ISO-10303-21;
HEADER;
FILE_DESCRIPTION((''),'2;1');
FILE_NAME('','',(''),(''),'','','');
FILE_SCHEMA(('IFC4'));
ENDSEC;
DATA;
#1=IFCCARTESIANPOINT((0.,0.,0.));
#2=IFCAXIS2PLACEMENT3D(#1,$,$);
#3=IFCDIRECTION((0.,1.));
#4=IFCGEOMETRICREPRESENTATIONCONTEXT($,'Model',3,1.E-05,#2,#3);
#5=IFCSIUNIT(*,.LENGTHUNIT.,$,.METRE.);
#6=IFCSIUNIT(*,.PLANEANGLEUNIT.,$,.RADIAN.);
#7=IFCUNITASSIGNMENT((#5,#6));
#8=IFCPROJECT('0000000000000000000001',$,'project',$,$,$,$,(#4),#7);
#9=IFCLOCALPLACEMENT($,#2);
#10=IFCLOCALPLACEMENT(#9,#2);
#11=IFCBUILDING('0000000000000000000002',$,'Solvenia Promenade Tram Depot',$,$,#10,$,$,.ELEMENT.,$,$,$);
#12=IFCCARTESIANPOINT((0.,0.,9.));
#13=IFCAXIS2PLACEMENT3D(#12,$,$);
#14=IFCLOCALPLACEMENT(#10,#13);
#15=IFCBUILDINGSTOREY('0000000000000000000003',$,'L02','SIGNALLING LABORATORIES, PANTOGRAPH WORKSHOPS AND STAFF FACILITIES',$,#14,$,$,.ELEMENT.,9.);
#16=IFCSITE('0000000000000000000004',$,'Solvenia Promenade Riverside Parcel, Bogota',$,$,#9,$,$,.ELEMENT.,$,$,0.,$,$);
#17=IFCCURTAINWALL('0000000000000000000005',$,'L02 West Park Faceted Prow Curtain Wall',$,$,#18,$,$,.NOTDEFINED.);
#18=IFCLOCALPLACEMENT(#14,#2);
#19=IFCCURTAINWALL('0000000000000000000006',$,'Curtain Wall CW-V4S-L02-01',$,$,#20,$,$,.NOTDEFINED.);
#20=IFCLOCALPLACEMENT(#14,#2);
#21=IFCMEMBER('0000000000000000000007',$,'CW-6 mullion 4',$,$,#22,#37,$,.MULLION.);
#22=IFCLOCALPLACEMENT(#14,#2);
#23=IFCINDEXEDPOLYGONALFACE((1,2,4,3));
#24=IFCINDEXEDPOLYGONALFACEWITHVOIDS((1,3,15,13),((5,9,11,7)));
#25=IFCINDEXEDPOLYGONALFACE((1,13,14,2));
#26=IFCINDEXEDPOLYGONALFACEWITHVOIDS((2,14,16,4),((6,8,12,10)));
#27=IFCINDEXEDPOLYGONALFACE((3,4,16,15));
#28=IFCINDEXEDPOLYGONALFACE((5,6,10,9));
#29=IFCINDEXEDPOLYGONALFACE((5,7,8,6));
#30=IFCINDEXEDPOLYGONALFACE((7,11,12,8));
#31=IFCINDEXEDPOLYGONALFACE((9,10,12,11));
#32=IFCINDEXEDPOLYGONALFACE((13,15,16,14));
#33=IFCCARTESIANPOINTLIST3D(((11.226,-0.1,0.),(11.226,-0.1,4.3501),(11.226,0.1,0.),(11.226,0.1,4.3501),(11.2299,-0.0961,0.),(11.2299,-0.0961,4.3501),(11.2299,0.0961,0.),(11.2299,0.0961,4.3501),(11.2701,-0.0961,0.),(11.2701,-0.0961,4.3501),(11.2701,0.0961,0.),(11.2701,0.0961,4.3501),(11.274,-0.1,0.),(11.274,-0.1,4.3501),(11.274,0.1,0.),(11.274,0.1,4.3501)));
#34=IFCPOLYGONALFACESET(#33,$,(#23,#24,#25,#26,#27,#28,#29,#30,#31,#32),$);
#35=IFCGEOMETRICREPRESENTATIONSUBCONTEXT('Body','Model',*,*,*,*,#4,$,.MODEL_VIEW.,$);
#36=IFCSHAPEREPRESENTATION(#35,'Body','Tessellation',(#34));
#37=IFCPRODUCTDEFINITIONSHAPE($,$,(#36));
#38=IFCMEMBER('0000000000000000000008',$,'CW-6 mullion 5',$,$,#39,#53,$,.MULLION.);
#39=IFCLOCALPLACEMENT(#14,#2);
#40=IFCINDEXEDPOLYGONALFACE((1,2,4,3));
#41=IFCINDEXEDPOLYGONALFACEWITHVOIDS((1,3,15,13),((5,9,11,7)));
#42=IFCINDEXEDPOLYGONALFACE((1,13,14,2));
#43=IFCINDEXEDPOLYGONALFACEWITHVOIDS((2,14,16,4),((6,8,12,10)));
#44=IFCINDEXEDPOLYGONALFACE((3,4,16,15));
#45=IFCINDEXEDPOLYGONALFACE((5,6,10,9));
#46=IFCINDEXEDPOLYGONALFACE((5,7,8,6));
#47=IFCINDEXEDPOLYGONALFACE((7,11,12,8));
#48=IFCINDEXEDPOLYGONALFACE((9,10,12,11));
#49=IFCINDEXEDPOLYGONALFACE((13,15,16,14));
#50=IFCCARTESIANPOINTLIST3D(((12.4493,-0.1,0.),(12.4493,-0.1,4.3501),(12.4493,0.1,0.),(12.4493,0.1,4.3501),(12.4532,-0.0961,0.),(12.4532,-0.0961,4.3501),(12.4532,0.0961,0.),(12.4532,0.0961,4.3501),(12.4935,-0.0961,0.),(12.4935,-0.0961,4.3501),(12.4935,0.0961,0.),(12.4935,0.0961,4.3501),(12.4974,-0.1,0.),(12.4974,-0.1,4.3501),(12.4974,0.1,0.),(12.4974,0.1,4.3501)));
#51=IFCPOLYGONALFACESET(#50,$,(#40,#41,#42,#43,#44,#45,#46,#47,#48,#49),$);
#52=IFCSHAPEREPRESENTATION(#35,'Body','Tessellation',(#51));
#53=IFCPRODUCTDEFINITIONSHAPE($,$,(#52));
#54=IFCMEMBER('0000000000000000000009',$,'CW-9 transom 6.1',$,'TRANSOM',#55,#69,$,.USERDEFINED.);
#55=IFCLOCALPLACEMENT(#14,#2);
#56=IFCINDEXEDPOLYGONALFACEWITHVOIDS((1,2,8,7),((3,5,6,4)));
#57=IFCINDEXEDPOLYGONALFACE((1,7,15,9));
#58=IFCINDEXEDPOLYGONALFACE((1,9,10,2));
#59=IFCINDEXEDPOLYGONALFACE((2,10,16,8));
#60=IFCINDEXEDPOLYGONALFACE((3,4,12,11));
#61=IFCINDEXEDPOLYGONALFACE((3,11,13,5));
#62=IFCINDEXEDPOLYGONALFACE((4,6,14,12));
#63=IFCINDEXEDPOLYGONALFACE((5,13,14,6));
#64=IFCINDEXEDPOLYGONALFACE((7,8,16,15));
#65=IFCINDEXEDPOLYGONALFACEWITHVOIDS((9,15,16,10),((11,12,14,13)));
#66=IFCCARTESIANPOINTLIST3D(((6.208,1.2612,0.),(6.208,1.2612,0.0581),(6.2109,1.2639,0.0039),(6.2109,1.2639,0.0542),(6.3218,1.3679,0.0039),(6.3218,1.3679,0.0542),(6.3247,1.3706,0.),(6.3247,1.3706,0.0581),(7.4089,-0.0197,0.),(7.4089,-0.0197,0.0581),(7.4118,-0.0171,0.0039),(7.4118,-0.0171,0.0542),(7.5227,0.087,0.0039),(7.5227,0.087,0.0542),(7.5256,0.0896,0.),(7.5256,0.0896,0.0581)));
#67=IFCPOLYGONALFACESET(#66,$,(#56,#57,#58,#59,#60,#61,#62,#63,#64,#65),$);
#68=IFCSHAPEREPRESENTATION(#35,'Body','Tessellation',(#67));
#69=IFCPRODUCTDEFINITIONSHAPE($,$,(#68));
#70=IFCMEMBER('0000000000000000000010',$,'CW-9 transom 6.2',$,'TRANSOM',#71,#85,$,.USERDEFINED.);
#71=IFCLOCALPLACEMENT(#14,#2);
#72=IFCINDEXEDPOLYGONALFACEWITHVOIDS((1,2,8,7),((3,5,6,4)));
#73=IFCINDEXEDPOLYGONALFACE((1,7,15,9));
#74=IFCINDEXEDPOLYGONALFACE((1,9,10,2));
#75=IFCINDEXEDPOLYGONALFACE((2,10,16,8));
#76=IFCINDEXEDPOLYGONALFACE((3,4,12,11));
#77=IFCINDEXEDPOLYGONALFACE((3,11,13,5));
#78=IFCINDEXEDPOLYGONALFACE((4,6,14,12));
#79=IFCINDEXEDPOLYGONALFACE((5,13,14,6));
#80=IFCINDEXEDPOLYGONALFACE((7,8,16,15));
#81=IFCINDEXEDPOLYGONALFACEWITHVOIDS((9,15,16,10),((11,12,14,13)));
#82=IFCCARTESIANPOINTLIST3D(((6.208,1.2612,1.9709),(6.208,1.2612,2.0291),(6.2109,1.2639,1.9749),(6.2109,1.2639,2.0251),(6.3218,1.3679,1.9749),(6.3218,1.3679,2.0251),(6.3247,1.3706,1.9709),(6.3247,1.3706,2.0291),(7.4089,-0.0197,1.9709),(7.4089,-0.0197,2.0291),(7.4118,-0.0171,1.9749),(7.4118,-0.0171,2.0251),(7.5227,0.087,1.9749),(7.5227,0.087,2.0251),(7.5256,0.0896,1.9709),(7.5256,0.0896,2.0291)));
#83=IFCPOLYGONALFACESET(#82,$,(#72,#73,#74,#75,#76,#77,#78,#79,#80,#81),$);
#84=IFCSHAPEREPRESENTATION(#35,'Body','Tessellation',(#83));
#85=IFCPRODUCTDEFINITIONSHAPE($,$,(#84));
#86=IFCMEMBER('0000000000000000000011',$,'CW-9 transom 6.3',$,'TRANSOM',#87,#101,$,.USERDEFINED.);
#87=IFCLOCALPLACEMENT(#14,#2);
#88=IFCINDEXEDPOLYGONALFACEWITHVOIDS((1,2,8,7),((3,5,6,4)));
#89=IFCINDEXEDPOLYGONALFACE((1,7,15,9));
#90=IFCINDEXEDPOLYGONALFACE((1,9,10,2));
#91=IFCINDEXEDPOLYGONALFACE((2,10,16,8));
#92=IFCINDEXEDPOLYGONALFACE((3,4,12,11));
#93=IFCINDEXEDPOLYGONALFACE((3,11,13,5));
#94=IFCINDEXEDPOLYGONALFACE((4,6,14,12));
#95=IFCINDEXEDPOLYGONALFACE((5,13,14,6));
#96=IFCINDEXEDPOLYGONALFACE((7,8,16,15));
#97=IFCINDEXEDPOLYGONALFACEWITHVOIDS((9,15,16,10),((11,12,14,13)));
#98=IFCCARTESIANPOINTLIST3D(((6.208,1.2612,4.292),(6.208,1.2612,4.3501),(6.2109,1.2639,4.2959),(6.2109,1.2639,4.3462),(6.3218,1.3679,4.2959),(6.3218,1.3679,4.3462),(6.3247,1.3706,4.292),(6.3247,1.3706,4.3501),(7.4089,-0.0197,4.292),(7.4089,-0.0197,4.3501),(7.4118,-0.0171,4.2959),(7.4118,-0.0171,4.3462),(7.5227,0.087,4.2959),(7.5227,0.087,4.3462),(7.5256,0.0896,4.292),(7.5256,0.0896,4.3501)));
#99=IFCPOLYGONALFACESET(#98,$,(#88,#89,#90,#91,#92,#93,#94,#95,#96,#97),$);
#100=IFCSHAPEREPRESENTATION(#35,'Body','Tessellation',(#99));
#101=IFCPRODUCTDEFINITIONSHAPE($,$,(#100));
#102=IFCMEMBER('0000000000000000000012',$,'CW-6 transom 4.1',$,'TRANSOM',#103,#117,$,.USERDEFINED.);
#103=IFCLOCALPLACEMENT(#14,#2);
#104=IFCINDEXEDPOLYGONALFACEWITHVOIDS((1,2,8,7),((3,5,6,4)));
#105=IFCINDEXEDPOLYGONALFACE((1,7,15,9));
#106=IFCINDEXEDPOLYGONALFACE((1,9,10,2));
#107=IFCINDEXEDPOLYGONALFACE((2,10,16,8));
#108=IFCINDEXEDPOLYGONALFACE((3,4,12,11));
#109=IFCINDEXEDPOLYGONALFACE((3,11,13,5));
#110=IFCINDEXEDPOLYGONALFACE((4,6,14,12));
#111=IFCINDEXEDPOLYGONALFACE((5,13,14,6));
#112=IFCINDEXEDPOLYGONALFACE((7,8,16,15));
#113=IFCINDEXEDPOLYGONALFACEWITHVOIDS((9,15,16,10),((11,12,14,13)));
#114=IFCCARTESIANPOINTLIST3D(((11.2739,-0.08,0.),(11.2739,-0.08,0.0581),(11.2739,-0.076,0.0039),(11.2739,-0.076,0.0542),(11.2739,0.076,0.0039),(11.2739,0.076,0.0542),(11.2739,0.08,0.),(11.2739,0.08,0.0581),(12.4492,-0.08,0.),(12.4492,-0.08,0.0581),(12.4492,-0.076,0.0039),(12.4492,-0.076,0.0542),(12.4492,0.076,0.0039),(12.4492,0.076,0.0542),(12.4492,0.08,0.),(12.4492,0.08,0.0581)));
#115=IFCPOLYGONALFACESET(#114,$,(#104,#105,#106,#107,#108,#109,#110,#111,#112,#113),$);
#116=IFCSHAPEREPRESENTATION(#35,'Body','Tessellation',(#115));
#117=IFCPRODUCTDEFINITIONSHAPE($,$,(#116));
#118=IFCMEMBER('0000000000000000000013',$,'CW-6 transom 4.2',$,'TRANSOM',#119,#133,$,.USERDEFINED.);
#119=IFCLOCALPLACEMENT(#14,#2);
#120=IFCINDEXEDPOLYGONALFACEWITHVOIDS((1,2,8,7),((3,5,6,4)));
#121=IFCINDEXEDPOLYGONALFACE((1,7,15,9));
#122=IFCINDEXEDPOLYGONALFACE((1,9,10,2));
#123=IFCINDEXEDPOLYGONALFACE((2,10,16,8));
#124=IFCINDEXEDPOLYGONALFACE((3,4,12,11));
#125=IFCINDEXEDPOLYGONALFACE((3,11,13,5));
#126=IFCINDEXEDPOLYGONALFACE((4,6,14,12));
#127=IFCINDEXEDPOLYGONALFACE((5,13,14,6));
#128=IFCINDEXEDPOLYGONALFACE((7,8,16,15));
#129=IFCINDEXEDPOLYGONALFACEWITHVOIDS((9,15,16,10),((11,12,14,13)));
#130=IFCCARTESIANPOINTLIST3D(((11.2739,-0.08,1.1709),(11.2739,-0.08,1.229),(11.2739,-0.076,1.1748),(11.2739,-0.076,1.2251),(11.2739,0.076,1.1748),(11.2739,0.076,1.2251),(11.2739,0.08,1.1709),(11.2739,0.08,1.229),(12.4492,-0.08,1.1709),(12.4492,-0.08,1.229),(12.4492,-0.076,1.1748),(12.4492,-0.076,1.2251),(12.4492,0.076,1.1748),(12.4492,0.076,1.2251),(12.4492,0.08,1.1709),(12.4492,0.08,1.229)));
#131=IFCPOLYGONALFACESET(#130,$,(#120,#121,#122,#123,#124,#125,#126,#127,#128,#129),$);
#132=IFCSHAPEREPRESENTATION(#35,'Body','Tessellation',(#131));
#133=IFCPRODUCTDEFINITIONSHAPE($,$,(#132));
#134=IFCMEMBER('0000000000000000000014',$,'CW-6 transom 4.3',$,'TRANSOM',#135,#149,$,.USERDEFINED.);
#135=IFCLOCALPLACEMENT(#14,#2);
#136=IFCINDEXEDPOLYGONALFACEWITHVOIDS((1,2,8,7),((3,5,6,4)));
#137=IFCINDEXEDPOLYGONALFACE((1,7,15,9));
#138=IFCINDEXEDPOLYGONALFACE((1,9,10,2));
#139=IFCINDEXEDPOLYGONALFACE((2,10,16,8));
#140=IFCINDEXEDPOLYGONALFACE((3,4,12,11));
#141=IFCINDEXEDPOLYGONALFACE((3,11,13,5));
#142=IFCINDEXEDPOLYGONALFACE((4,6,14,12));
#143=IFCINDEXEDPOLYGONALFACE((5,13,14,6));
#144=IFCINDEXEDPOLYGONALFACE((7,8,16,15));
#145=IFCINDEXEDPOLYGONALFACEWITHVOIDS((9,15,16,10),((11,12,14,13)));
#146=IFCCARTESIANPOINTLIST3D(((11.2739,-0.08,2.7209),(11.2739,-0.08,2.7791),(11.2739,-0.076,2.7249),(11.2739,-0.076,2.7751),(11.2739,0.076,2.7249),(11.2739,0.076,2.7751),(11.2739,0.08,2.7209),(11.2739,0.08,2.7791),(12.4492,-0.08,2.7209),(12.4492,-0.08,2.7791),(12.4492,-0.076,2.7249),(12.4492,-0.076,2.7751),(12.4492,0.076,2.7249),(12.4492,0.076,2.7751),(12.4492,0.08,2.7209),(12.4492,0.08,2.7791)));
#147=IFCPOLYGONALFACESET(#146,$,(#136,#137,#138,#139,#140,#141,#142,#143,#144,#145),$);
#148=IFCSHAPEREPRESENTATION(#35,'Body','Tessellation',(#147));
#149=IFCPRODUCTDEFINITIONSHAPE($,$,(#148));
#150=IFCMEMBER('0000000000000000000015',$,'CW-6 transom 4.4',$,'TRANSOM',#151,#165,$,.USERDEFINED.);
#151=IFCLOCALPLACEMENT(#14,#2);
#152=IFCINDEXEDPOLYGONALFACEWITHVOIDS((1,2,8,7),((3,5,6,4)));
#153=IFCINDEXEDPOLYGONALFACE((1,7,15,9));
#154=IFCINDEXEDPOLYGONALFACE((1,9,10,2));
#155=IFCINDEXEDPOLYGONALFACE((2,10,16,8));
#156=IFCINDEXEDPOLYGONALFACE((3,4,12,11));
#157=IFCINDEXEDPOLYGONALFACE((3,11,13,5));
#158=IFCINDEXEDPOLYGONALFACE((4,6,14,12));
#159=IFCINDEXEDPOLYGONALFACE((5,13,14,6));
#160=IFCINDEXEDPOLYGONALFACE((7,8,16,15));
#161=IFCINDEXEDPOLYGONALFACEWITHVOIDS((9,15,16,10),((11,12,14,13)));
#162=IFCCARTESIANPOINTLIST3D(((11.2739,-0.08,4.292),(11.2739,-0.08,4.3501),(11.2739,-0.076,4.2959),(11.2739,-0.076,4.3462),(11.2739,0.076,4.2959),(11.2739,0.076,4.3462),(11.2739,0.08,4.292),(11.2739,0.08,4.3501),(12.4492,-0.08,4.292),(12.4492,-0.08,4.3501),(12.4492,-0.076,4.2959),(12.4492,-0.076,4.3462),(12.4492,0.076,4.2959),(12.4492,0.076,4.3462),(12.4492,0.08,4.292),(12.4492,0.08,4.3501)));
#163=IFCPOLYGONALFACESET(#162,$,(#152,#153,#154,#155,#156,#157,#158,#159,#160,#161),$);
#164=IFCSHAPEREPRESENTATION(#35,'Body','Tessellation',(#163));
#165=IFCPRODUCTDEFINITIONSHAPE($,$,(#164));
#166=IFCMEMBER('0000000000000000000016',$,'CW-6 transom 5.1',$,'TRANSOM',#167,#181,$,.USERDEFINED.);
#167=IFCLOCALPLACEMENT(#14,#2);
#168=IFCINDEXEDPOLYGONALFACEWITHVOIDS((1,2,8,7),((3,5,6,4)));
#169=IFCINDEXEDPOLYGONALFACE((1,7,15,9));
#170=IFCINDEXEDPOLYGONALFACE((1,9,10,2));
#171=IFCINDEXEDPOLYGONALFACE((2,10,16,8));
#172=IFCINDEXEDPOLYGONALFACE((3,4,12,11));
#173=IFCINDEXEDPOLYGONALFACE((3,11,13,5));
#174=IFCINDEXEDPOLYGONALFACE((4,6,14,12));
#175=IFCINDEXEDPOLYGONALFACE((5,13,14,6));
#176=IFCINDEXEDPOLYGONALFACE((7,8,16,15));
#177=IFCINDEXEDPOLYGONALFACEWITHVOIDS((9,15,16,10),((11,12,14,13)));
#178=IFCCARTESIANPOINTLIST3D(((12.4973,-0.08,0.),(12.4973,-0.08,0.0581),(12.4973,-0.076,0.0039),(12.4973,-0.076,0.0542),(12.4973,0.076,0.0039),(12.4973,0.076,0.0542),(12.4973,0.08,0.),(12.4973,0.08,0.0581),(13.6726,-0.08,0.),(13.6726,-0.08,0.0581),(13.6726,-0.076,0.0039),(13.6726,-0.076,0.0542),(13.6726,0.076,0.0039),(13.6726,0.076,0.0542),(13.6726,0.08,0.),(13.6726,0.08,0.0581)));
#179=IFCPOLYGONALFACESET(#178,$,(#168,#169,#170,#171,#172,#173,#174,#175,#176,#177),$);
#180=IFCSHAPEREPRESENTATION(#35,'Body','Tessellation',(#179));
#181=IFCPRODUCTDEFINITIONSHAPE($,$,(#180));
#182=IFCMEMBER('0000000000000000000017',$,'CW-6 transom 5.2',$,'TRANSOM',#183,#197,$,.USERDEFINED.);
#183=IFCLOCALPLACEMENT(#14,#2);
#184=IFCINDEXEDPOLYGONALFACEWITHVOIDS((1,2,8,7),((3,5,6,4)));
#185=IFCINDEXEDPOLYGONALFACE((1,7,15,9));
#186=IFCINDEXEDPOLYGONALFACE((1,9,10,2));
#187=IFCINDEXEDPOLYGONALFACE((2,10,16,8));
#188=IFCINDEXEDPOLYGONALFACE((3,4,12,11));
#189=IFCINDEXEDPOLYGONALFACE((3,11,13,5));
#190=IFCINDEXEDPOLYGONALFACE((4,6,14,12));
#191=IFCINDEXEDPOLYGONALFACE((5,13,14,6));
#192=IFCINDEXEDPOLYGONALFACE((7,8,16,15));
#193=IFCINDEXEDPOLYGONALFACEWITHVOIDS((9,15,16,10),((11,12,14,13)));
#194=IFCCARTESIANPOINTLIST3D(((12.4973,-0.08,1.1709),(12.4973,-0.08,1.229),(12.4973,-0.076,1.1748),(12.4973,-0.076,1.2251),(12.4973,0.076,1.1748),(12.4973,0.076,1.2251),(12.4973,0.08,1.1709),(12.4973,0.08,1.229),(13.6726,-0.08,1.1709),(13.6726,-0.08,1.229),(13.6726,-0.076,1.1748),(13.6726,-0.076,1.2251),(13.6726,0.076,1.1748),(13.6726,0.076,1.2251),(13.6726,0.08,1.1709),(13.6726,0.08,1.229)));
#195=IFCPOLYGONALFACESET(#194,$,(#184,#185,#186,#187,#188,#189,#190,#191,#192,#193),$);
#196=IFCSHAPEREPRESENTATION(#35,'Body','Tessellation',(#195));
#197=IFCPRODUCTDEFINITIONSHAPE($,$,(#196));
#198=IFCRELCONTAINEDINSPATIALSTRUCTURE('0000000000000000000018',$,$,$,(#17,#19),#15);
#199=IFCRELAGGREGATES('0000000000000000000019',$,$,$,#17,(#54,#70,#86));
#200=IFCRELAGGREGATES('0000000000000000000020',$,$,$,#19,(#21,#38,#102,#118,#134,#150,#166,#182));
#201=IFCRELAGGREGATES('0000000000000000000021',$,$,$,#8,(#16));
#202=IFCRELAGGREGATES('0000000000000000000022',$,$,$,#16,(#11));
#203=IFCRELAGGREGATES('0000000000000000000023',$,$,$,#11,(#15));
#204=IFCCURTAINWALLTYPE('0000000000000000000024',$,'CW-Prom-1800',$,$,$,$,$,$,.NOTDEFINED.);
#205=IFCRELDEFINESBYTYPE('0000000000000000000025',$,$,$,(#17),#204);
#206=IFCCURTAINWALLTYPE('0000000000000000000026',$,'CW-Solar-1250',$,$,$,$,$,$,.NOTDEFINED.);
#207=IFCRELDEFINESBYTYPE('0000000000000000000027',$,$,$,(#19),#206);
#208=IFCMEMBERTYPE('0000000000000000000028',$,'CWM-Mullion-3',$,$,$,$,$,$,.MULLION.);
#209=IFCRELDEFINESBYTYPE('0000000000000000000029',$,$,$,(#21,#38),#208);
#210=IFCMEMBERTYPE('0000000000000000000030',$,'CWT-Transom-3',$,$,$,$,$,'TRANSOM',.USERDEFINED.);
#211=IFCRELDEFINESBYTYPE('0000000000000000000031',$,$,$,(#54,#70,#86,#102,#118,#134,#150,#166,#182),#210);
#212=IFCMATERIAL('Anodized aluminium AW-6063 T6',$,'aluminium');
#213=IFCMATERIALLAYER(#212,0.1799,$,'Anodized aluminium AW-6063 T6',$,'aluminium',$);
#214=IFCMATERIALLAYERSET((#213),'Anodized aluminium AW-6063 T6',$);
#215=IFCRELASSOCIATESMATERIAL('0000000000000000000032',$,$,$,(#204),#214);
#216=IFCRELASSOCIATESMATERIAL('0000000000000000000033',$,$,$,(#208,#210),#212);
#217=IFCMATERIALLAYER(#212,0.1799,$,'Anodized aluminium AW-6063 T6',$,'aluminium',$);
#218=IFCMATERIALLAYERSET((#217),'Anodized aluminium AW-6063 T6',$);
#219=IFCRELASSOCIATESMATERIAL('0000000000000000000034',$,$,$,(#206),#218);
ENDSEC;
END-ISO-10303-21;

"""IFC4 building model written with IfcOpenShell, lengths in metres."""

from ifc_helpers import new_model, si_unit, direction, frame, origin, origin_2d, place, context, subcontext, project, spatial, hollow_rectangle, extrude, material, layer, layer_set, material_profile, profile_set, type_object, element, aggregate, save


model = new_model("IFC4")

# Units and contexts
model_context = context("Model", 3, precision=1e-05, world=origin(), true_north=direction((0.0, 1.0)))
body_context = subcontext(model_context, "Body", "Model", "MODEL_VIEW")
ifc_project = project(units=[si_unit("LENGTHUNIT", "METRE"), si_unit("PLANEANGLEUNIT", "RADIAN")], contexts=[model_context])

# Site, building, storey
site_placement = place(None, origin())
site = spatial("IfcSite", under=ifc_project, at=site_placement, Name="Solvenia Promenade Riverside Parcel, Bogota", CompositionType="ELEMENT", RefElevation=0.0)
building_placement = place(site_placement, origin())
building = spatial("IfcBuilding", under=site, at=building_placement, Name="Solvenia Promenade Tram Depot", CompositionType="ELEMENT")
storey_placement = place(building_placement, frame((0.0, 0.0, 9.0)))
storey = spatial("IfcBuildingStorey", under=building, at=storey_placement, Name="L02", Description="SIGNALLING LABORATORIES, PANTOGRAPH WORKSHOPS AND STAFF FACILITIES", CompositionType="ELEMENT", Elevation=9.0)

# Curtain walls, members
ifc_material_1 = material(Name="Anodized aluminium AW-6063 T6", Category="aluminium")
ifc_layer_1 = layer(ifc_material_1, 0.1799, Name="Anodized aluminium AW-6063 T6", Category="aluminium")
ifc_layer_set_1 = layer_set([ifc_layer_1], Name="Anodized aluminium AW-6063 T6")
curtain_wall_type_1 = type_object("IfcCurtainWallType", Name="CW-Prom-1800", PredefinedType="NOTDEFINED", material=ifc_layer_set_1)
curtain_wall_1_placement = place(storey_placement, origin())
curtain_wall_1 = element("IfcCurtainWall", 1, at=curtain_wall_1_placement, inside=storey, type_object=curtain_wall_type_1, Name="L02 West Park Faceted Prow Curtain Wall", PredefinedType="NOTDEFINED")
ifc_material_profile_1 = material_profile(ifc_material_1, hollow_rectangle(XDim=0.2, YDim=0.0481, WallThickness=0.0039, at=origin_2d()), Name="ALU-M3", Category="aluminium")
ifc_profile_set_1 = profile_set([ifc_material_profile_1], Name="Anodized aluminium AW-6063 T6")
member_type_1 = type_object("IfcMemberType", Name="CWM-Mullion-3", PredefinedType="MULLION", material=ifc_profile_set_1)
ifc_layer_2 = layer(ifc_material_1, 0.1799, Name="Anodized aluminium AW-6063 T6", Category="aluminium")
ifc_layer_set_2 = layer_set([ifc_layer_2], Name="Anodized aluminium AW-6063 T6")
curtain_wall_type_2 = type_object("IfcCurtainWallType", Name="CW-Solar-1250", PredefinedType="NOTDEFINED", material=ifc_layer_set_2)
curtain_wall_2_placement = place(storey_placement, origin())
curtain_wall_2 = element("IfcCurtainWall", 2, at=curtain_wall_2_placement, inside=storey, type_object=curtain_wall_type_2, Name="Curtain Wall CW-V4S-L02-01", PredefinedType="NOTDEFINED")
member_1_placement = place(storey_placement, frame((11.25, 0.0, 0.0), z_axis=(0.0, 0.0, 1.0), x_axis=(0.0, 1.0, 0.0)))
member_1 = element("IfcMember", 3, at=member_1_placement, type_object=member_type_1, Name="CW-6 mullion 4", PredefinedType="MULLION", context=body_context, shape_type="SweptSolid", body=[
    extrude(hollow_rectangle(XDim=0.2, YDim=0.0481, WallThickness=0.0039, at=origin_2d()), origin(), (0.0, 0.0, 1.0), 4.3501),
])
member_2_placement = place(storey_placement, frame((12.4734, 0.0, 0.0), z_axis=(0.0, 0.0, 1.0), x_axis=(0.0, 1.0, 0.0)))
member_2 = element("IfcMember", 4, at=member_2_placement, type_object=member_type_1, Name="CW-6 mullion 5", PredefinedType="MULLION", context=body_context, shape_type="SweptSolid", body=[
    extrude(hollow_rectangle(XDim=0.2, YDim=0.0481, WallThickness=0.0039, at=origin_2d()), origin(), (0.0, 0.0, 1.0), 4.3501),
])

# Members
ifc_material_profile_2 = material_profile(ifc_material_1, hollow_rectangle(XDim=0.1599, YDim=0.0581, WallThickness=0.0039, at=origin_2d()), Name="ALU-T3", Category="aluminium")
ifc_profile_set_2 = profile_set([ifc_material_profile_2], Name="Anodized aluminium AW-6063 T6")
member_type_2 = type_object("IfcMemberType", Name="CWT-Transom-3", ElementType="TRANSOM", PredefinedType="USERDEFINED", material=ifc_profile_set_2)
member_3_placement = place(storey_placement, frame((6.2664, 1.3159, 0.0291), z_axis=(0.683937, -0.729542, 0.0), x_axis=(0.729542, 0.683937, 0.0)))
member_3 = element("IfcMember", 5, at=member_3_placement, type_object=member_type_2, Name="CW-9 transom 6.1", ObjectType="TRANSOM", PredefinedType="USERDEFINED", context=body_context, shape_type="SweptSolid", body=[
    extrude(hollow_rectangle(XDim=0.1599, YDim=0.0581, WallThickness=0.0039, at=origin_2d()), origin(), (0.0, 0.0, 1.0), 1.7559),
])
member_4_placement = place(storey_placement, frame((6.2664, 1.3159, 2.0), z_axis=(0.683937, -0.729542, 0.0), x_axis=(0.729542, 0.683937, 0.0)))
member_4 = element("IfcMember", 6, at=member_4_placement, type_object=member_type_2, Name="CW-9 transom 6.2", ObjectType="TRANSOM", PredefinedType="USERDEFINED", context=body_context, shape_type="SweptSolid", body=[
    extrude(hollow_rectangle(XDim=0.1599, YDim=0.0581, WallThickness=0.0039, at=origin_2d()), origin(), (0.0, 0.0, 1.0), 1.7559),
])
member_5_placement = place(storey_placement, frame((6.2664, 1.3159, 4.321), z_axis=(0.683937, -0.729542, 0.0), x_axis=(0.729542, 0.683937, 0.0)))
member_5 = element("IfcMember", 7, at=member_5_placement, type_object=member_type_2, Name="CW-9 transom 6.3", ObjectType="TRANSOM", PredefinedType="USERDEFINED", context=body_context, shape_type="SweptSolid", body=[
    extrude(hollow_rectangle(XDim=0.1599, YDim=0.0581, WallThickness=0.0039, at=origin_2d()), origin(), (0.0, 0.0, 1.0), 1.7559),
])
member_6_placement = place(storey_placement, frame((11.2739, 0.0, 0.0291), z_axis=(1.0, 0.0, 0.0), x_axis=(0.0, 1.0, 0.0)))
member_6 = element("IfcMember", 8, at=member_6_placement, type_object=member_type_2, Name="CW-6 transom 4.1", ObjectType="TRANSOM", PredefinedType="USERDEFINED", context=body_context, shape_type="SweptSolid", body=[
    extrude(hollow_rectangle(XDim=0.1599, YDim=0.0581, WallThickness=0.0039, at=origin_2d()), origin(), (0.0, 0.0, 1.0), 1.1753),
])
member_7_placement = place(storey_placement, frame((11.2739, 0.0, 1.2), z_axis=(1.0, 0.0, 0.0), x_axis=(0.0, 1.0, 0.0)))
member_7 = element("IfcMember", 9, at=member_7_placement, type_object=member_type_2, Name="CW-6 transom 4.2", ObjectType="TRANSOM", PredefinedType="USERDEFINED", context=body_context, shape_type="SweptSolid", body=[
    extrude(hollow_rectangle(XDim=0.1599, YDim=0.0581, WallThickness=0.0039, at=origin_2d()), origin(), (0.0, 0.0, 1.0), 1.1753),
])
member_8_placement = place(storey_placement, frame((11.2739, 0.0, 2.75), z_axis=(1.0, 0.0, 0.0), x_axis=(0.0, 1.0, 0.0)))
member_8 = element("IfcMember", 10, at=member_8_placement, type_object=member_type_2, Name="CW-6 transom 4.3", ObjectType="TRANSOM", PredefinedType="USERDEFINED", context=body_context, shape_type="SweptSolid", body=[
    extrude(hollow_rectangle(XDim=0.1599, YDim=0.0581, WallThickness=0.0039, at=origin_2d()), origin(), (0.0, 0.0, 1.0), 1.1753),
])
member_9_placement = place(storey_placement, frame((11.2739, 0.0, 4.321), z_axis=(1.0, 0.0, 0.0), x_axis=(0.0, 1.0, 0.0)))
member_9 = element("IfcMember", 11, at=member_9_placement, type_object=member_type_2, Name="CW-6 transom 4.4", ObjectType="TRANSOM", PredefinedType="USERDEFINED", context=body_context, shape_type="SweptSolid", body=[
    extrude(hollow_rectangle(XDim=0.1599, YDim=0.0581, WallThickness=0.0039, at=origin_2d()), origin(), (0.0, 0.0, 1.0), 1.1753),
])
member_10_placement = place(storey_placement, frame((12.4973, 0.0, 0.0291), z_axis=(1.0, 0.0, 0.0), x_axis=(0.0, 1.0, 0.0)))
member_10 = element("IfcMember", 12, at=member_10_placement, type_object=member_type_2, Name="CW-6 transom 5.1", ObjectType="TRANSOM", PredefinedType="USERDEFINED", context=body_context, shape_type="SweptSolid", body=[
    extrude(hollow_rectangle(XDim=0.1599, YDim=0.0581, WallThickness=0.0039, at=origin_2d()), origin(), (0.0, 0.0, 1.0), 1.1753),
])
member_11_placement = place(storey_placement, frame((12.4973, 0.0, 1.2), z_axis=(1.0, 0.0, 0.0), x_axis=(0.0, 1.0, 0.0)))
member_11 = element("IfcMember", 13, at=member_11_placement, type_object=member_type_2, Name="CW-6 transom 5.2", ObjectType="TRANSOM", PredefinedType="USERDEFINED", context=body_context, shape_type="SweptSolid", body=[
    extrude(hollow_rectangle(XDim=0.1599, YDim=0.0581, WallThickness=0.0039, at=origin_2d()), origin(), (0.0, 0.0, 1.0), 1.1753),
])

aggregate(curtain_wall_1, [member_3, member_4, member_5])
aggregate(curtain_wall_2, [member_1, member_2, member_6, member_7, member_8, member_9, member_10, member_11])

save(model, "model.ifc")
